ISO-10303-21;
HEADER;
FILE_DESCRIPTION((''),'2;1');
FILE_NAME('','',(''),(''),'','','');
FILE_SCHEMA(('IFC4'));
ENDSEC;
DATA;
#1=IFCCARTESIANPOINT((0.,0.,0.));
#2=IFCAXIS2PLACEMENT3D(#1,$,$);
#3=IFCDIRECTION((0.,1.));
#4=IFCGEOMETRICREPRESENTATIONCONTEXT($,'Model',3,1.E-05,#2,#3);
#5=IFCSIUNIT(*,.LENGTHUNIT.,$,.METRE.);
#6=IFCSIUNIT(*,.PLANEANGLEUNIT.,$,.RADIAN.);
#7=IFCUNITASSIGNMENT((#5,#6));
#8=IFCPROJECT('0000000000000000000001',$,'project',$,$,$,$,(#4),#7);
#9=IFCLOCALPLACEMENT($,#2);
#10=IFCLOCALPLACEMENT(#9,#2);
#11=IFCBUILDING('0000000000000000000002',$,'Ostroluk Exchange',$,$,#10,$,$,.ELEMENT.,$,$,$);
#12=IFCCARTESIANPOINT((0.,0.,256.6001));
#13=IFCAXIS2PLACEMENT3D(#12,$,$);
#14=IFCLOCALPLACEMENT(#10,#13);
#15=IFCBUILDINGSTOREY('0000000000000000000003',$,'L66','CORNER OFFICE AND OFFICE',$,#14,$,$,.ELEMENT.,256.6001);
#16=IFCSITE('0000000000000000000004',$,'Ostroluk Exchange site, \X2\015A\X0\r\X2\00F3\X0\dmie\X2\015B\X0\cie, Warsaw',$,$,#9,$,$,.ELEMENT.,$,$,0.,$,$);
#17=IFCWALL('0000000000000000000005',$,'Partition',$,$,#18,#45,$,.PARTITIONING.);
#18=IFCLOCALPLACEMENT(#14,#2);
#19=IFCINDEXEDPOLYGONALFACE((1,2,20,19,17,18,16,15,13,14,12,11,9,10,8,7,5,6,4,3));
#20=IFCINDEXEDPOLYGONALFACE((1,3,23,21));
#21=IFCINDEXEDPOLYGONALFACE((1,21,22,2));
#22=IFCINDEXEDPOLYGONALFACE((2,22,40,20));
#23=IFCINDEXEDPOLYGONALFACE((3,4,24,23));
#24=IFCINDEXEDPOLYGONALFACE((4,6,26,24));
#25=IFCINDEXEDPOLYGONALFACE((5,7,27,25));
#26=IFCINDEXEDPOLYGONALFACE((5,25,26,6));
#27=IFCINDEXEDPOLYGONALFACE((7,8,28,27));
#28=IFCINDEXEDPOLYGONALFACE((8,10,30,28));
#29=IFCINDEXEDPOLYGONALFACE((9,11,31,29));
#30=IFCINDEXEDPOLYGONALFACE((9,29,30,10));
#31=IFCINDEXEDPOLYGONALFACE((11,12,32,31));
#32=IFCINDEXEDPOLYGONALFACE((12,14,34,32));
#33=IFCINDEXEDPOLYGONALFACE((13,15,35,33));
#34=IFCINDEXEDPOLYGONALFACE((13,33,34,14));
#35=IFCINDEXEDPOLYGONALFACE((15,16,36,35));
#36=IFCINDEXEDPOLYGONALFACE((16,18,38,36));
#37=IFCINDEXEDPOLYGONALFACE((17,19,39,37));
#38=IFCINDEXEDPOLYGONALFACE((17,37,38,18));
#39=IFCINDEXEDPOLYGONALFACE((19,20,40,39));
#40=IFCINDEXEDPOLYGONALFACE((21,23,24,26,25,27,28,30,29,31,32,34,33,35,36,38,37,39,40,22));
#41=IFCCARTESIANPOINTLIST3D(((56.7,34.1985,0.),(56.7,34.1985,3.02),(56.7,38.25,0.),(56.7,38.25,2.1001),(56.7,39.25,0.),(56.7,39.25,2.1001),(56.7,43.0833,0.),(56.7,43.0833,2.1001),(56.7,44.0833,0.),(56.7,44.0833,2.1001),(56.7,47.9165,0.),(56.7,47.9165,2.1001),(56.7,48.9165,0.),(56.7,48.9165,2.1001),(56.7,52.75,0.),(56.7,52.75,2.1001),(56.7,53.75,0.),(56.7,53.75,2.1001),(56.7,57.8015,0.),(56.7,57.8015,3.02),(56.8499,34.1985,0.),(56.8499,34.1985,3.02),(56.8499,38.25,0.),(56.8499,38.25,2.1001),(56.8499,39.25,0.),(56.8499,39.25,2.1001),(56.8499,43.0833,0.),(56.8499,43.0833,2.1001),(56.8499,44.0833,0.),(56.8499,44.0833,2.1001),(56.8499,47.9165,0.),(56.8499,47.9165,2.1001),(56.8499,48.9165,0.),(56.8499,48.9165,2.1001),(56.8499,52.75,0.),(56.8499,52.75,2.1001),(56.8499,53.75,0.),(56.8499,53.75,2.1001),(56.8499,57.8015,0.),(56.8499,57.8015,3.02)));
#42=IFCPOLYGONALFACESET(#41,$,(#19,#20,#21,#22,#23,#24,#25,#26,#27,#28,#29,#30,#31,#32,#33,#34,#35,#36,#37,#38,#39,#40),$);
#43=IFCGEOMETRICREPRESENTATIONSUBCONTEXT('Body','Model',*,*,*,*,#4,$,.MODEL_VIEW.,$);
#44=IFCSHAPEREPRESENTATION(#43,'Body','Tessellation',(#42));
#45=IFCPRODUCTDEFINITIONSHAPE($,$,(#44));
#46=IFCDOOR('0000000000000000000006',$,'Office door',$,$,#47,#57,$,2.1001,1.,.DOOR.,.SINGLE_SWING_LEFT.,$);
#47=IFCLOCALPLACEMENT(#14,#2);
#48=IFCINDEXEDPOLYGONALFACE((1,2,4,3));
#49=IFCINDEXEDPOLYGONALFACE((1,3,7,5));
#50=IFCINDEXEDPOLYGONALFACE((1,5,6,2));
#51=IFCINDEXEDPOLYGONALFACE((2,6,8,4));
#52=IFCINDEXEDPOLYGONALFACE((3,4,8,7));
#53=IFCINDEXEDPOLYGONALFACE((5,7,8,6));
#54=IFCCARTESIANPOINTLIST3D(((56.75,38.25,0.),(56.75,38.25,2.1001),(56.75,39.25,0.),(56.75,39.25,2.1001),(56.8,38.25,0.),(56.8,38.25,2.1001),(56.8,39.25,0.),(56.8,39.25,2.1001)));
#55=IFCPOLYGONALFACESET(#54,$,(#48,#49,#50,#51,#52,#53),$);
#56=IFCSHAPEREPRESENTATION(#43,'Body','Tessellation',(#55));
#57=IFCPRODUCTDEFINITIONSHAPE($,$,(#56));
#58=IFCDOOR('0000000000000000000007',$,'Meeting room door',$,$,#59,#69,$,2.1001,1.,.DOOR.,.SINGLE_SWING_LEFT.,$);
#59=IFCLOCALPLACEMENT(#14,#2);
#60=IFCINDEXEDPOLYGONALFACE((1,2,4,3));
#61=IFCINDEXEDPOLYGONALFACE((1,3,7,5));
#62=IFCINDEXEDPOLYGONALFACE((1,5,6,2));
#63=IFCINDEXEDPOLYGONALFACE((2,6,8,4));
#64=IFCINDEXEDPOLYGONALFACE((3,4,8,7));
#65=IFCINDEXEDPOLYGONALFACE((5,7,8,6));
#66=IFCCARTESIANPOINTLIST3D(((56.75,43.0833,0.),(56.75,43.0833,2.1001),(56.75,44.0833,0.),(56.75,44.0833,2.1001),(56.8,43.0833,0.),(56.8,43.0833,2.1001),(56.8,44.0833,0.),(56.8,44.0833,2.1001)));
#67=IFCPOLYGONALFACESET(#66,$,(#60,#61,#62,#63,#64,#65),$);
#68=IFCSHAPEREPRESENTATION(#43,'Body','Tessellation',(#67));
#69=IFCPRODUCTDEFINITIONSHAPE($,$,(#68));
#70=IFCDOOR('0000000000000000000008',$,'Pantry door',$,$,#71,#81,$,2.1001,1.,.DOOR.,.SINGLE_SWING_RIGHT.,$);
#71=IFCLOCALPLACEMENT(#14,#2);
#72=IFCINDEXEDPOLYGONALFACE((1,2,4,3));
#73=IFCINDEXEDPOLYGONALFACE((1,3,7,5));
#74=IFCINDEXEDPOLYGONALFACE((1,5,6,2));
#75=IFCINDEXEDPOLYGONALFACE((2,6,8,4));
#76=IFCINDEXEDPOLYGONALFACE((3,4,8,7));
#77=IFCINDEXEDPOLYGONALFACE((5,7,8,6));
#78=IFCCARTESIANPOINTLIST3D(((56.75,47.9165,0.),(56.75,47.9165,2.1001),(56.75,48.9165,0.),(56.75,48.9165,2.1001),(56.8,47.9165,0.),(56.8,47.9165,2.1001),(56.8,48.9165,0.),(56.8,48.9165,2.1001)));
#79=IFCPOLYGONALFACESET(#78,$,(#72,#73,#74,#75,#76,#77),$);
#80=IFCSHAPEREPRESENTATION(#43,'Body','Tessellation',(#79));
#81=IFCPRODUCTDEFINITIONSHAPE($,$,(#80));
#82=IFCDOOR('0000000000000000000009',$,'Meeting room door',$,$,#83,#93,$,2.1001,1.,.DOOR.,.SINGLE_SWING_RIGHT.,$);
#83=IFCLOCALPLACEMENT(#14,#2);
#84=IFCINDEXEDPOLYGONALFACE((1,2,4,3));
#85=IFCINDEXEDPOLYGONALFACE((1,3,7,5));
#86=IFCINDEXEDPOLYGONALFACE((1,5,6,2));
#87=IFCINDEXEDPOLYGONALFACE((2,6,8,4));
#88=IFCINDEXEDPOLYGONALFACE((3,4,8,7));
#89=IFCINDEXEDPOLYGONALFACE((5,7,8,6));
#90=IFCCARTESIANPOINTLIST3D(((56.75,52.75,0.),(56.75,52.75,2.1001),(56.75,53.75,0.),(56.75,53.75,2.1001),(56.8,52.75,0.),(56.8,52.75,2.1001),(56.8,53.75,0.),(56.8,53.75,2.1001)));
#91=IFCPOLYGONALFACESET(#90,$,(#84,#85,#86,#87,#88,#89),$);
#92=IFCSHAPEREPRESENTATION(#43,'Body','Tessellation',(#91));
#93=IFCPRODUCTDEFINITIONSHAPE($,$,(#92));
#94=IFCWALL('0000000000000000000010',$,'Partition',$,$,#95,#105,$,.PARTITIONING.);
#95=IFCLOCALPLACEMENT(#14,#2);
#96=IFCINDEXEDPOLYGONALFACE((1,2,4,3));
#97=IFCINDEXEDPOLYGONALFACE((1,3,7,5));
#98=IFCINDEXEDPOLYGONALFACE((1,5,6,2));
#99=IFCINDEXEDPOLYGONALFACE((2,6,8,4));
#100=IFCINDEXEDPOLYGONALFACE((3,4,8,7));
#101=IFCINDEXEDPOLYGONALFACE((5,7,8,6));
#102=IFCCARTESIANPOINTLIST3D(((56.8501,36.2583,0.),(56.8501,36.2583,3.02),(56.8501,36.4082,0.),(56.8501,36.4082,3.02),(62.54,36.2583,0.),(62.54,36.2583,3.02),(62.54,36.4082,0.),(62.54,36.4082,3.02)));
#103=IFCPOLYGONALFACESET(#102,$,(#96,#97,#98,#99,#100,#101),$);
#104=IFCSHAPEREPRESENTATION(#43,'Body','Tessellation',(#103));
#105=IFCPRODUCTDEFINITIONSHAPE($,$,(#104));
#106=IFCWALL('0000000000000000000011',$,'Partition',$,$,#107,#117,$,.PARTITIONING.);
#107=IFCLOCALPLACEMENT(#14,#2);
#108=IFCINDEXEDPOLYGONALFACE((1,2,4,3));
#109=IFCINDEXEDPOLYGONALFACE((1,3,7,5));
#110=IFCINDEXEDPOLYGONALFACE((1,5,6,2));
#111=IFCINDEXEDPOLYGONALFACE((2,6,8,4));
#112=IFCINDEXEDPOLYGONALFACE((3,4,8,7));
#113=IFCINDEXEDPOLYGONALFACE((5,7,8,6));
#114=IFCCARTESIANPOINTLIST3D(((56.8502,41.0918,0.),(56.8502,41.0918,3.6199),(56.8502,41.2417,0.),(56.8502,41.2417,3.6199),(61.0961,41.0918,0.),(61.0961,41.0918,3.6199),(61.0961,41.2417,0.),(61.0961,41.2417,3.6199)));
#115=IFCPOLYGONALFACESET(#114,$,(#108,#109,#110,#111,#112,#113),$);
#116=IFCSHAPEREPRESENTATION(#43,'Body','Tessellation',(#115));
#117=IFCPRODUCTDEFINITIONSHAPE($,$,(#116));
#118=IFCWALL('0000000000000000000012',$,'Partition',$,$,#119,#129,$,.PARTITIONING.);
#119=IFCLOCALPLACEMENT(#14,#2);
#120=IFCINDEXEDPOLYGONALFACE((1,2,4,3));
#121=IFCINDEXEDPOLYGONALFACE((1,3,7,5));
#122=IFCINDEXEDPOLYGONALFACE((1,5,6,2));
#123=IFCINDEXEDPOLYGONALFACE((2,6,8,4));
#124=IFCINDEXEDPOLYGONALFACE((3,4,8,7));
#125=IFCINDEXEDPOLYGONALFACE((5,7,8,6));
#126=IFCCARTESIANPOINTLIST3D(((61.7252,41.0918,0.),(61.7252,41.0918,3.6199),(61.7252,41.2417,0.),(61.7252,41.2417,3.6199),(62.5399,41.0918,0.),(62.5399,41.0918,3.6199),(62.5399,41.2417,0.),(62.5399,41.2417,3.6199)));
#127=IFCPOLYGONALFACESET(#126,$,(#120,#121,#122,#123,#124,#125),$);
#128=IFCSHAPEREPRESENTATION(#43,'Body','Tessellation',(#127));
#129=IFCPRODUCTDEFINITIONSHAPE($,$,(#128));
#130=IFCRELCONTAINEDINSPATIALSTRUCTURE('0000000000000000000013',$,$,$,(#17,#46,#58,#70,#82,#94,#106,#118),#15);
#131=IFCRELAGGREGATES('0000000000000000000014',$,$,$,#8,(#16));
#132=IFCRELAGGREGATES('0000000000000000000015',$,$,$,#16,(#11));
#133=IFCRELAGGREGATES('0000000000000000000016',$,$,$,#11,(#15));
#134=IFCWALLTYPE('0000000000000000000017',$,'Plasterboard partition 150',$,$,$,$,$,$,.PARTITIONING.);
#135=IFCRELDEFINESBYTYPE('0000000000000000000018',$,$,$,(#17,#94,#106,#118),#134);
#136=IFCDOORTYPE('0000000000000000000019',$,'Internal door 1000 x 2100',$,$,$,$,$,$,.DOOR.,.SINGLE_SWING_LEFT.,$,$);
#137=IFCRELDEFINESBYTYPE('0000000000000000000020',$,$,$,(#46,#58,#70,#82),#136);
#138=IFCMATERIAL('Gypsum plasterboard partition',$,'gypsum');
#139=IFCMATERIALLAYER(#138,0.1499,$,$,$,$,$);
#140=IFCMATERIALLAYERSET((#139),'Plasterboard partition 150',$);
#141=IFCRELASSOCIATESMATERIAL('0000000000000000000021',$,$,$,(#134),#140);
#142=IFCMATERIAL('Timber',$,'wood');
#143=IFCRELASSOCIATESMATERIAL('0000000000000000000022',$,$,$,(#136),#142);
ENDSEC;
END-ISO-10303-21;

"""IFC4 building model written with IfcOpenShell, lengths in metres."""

from ifc_helpers import new_model, si_unit, direction, frame, frame_2d, origin, place, context, subcontext, project, spatial, rectangle, extrude, material, layer, layer_set, type_object, element, fill, save


model = new_model("IFC4")

# Units and contexts
model_context = context("Model", 3, precision=1e-05, world=origin(), true_north=direction((0.0, 1.0)))
body_context = subcontext(model_context, "Body", "Model", "MODEL_VIEW")
ifc_project = project(units=[si_unit("LENGTHUNIT", "METRE"), si_unit("PLANEANGLEUNIT", "RADIAN")], contexts=[model_context])

# Site, building, storey
site_placement = place(None, origin())
site = spatial("IfcSite", under=ifc_project, at=site_placement, Name="Ostroluk Exchange site, Śródmieście, Warsaw", CompositionType="ELEMENT", RefElevation=0.0)
building_placement = place(site_placement, origin())
building = spatial("IfcBuilding", under=site, at=building_placement, Name="Ostroluk Exchange", CompositionType="ELEMENT")
storey_placement = place(building_placement, frame((0.0, 0.0, 256.6001)))
storey = spatial("IfcBuildingStorey", under=building, at=storey_placement, Name="L66", Description="CORNER OFFICE AND OFFICE", CompositionType="ELEMENT", Elevation=256.6001)

# Wall, openings, doors
ifc_material_1 = material(Name="Gypsum plasterboard partition", Category="gypsum")
ifc_layer_1 = layer(ifc_material_1, 0.1499)
ifc_layer_set_1 = layer_set([ifc_layer_1], Name="Plasterboard partition 150")
wall_type = type_object("IfcWallType", Name="Plasterboard partition 150", PredefinedType="PARTITIONING", material=ifc_layer_set_1)
wall_1_placement = place(storey_placement, frame((56.7749, 34.1985, 0.0), z_axis=(0.0, 0.0, 1.0), x_axis=(0.0, 1.0, 0.0)))
wall_1 = element("IfcWall", 1, at=wall_1_placement, inside=storey, type_object=wall_type, Name="Partition", PredefinedType="PARTITIONING", context=body_context, shape_type="SweptSolid", body=[
    extrude(rectangle(XDim=23.603, YDim=0.1499, at=frame_2d((11.8015, 0.0))), origin(), (0.0, 0.0, 1.0), 3.02),
])
opening_1_placement = place(wall_1_placement, frame((4.0515, 0.0, 0.0)))
opening_1 = element("IfcOpeningElement", 2, at=opening_1_placement, cuts=wall_1, PredefinedType="OPENING", context=body_context, shape_type="SweptSolid", body=[
    extrude(rectangle(XDim=1.0, YDim=2.1001, at=frame_2d((0.5, 1.05))), frame((0.0, 0.085, 0.0), z_axis=(0.0, -1.0, 0.0), x_axis=(1.0, 0.0, 0.0)), (0.0, 0.0, 1.0), 0.1699),
])
opening_2_placement = place(wall_1_placement, frame((8.8848, 0.0, 0.0)))
opening_2 = element("IfcOpeningElement", 3, at=opening_2_placement, cuts=wall_1, PredefinedType="OPENING", context=body_context, shape_type="SweptSolid", body=[
    extrude(rectangle(XDim=1.0, YDim=2.1001, at=frame_2d((0.5, 1.05))), frame((0.0, 0.085, 0.0), z_axis=(0.0, -1.0, 0.0), x_axis=(1.0, 0.0, 0.0)), (0.0, 0.0, 1.0), 0.1699),
])
opening_3_placement = place(wall_1_placement, frame((13.718, 0.0, 0.0)))
opening_3 = element("IfcOpeningElement", 4, at=opening_3_placement, cuts=wall_1, PredefinedType="OPENING", context=body_context, shape_type="SweptSolid", body=[
    extrude(rectangle(XDim=1.0, YDim=2.1001, at=frame_2d((0.5, 1.05))), frame((0.0, 0.085, 0.0), z_axis=(0.0, -1.0, 0.0), x_axis=(1.0, 0.0, 0.0)), (0.0, 0.0, 1.0), 0.1699),
])
opening_4_placement = place(wall_1_placement, frame((18.5515, 0.0, 0.0)))
opening_4 = element("IfcOpeningElement", 5, at=opening_4_placement, cuts=wall_1, PredefinedType="OPENING", context=body_context, shape_type="SweptSolid", body=[
    extrude(rectangle(XDim=1.0, YDim=2.1001, at=frame_2d((0.5, 1.05))), frame((0.0, 0.085, 0.0), z_axis=(0.0, -1.0, 0.0), x_axis=(1.0, 0.0, 0.0)), (0.0, 0.0, 1.0), 0.1699),
])
ifc_material_2 = material(Name="Timber", Category="wood")
door_type = type_object("IfcDoorType", Name="Internal door 1000 x 2100", OperationType="SINGLE_SWING_LEFT", PredefinedType="DOOR", material=ifc_material_2)
door_1_placement = place(opening_1_placement, origin())
door_1 = element("IfcDoor", 6, at=door_1_placement, inside=storey, type_object=door_type, Name="Office door", OperationType="SINGLE_SWING_LEFT", OverallHeight=2.1001, OverallWidth=1.0, PredefinedType="DOOR", context=body_context, shape_type="SweptSolid", body=[
    extrude(rectangle(XDim=1.0, YDim=2.1001, at=frame_2d((0.5, 1.05))), frame((0.0, 0.0249, 0.0), z_axis=(0.0, -1.0, 0.0), x_axis=(1.0, 0.0, 0.0)), (0.0, 0.0, 1.0), 0.05),
])
fill(opening_1, door_1)
door_2_placement = place(opening_2_placement, origin())
door_2 = element("IfcDoor", 7, at=door_2_placement, inside=storey, type_object=door_type, Name="Meeting room door", OperationType="SINGLE_SWING_LEFT", OverallHeight=2.1001, OverallWidth=1.0, PredefinedType="DOOR", context=body_context, shape_type="SweptSolid", body=[
    extrude(rectangle(XDim=1.0, YDim=2.1001, at=frame_2d((0.5, 1.05))), frame((0.0, 0.0249, 0.0), z_axis=(0.0, -1.0, 0.0), x_axis=(1.0, 0.0, 0.0)), (0.0, 0.0, 1.0), 0.05),
])
fill(opening_2, door_2)
door_3_placement = place(opening_3_placement, origin())
door_3 = element("IfcDoor", 8, at=door_3_placement, inside=storey, type_object=door_type, Name="Pantry door", OperationType="SINGLE_SWING_RIGHT", OverallHeight=2.1001, OverallWidth=1.0, PredefinedType="DOOR", context=body_context, shape_type="SweptSolid", body=[
    extrude(rectangle(XDim=1.0, YDim=2.1001, at=frame_2d((0.5, 1.05))), frame((0.0, 0.0249, 0.0), z_axis=(0.0, -1.0, 0.0), x_axis=(1.0, 0.0, 0.0)), (0.0, 0.0, 1.0), 0.05),
])
fill(opening_3, door_3)
door_4_placement = place(opening_4_placement, origin())
door_4 = element("IfcDoor", 9, at=door_4_placement, inside=storey, type_object=door_type, Name="Meeting room door", OperationType="SINGLE_SWING_RIGHT", OverallHeight=2.1001, OverallWidth=1.0, PredefinedType="DOOR", context=body_context, shape_type="SweptSolid", body=[
    extrude(rectangle(XDim=1.0, YDim=2.1001, at=frame_2d((0.5, 1.05))), frame((0.0, 0.0249, 0.0), z_axis=(0.0, -1.0, 0.0), x_axis=(1.0, 0.0, 0.0)), (0.0, 0.0, 1.0), 0.05),
])
fill(opening_4, door_4)

# Walls
wall_2_placement = place(storey_placement, frame((56.8501, 36.3333, 0.0), z_axis=(0.0, 0.0, 1.0), x_axis=(1.0, 0.0, 0.0)))
element("IfcWall", 10, at=wall_2_placement, inside=storey, type_object=wall_type, Name="Partition", PredefinedType="PARTITIONING", context=body_context, shape_type="SweptSolid", body=[
    extrude(rectangle(XDim=5.6899, YDim=0.1499, at=frame_2d((2.845, 0.0))), origin(), (0.0, 0.0, 1.0), 3.02),
])
wall_3_placement = place(storey_placement, frame((56.8501, 41.1667, 0.0), z_axis=(0.0, 0.0, 1.0), x_axis=(1.0, 0.0, 0.0)))
element("IfcWall", 11, at=wall_3_placement, inside=storey, type_object=wall_type, Name="Partition", PredefinedType="PARTITIONING", context=body_context, shape_type="SweptSolid", body=[
    extrude(rectangle(XDim=4.2458, YDim=0.1499, at=frame_2d((2.123, 0.0))), origin(), (0.0, 0.0, 1.0), 3.6199),
])
wall_4_placement = place(storey_placement, frame((61.7253, 41.1667, 0.0), z_axis=(0.0, 0.0, 1.0), x_axis=(1.0, 0.0, 0.0)))
element("IfcWall", 12, at=wall_4_placement, inside=storey, type_object=wall_type, Name="Partition", PredefinedType="PARTITIONING", context=body_context, shape_type="SweptSolid", body=[
    extrude(rectangle(XDim=0.8147, YDim=0.1499, at=frame_2d((0.4072, 0.0))), origin(), (0.0, 0.0, 1.0), 3.6199),
])

save(model, "model.ifc")
